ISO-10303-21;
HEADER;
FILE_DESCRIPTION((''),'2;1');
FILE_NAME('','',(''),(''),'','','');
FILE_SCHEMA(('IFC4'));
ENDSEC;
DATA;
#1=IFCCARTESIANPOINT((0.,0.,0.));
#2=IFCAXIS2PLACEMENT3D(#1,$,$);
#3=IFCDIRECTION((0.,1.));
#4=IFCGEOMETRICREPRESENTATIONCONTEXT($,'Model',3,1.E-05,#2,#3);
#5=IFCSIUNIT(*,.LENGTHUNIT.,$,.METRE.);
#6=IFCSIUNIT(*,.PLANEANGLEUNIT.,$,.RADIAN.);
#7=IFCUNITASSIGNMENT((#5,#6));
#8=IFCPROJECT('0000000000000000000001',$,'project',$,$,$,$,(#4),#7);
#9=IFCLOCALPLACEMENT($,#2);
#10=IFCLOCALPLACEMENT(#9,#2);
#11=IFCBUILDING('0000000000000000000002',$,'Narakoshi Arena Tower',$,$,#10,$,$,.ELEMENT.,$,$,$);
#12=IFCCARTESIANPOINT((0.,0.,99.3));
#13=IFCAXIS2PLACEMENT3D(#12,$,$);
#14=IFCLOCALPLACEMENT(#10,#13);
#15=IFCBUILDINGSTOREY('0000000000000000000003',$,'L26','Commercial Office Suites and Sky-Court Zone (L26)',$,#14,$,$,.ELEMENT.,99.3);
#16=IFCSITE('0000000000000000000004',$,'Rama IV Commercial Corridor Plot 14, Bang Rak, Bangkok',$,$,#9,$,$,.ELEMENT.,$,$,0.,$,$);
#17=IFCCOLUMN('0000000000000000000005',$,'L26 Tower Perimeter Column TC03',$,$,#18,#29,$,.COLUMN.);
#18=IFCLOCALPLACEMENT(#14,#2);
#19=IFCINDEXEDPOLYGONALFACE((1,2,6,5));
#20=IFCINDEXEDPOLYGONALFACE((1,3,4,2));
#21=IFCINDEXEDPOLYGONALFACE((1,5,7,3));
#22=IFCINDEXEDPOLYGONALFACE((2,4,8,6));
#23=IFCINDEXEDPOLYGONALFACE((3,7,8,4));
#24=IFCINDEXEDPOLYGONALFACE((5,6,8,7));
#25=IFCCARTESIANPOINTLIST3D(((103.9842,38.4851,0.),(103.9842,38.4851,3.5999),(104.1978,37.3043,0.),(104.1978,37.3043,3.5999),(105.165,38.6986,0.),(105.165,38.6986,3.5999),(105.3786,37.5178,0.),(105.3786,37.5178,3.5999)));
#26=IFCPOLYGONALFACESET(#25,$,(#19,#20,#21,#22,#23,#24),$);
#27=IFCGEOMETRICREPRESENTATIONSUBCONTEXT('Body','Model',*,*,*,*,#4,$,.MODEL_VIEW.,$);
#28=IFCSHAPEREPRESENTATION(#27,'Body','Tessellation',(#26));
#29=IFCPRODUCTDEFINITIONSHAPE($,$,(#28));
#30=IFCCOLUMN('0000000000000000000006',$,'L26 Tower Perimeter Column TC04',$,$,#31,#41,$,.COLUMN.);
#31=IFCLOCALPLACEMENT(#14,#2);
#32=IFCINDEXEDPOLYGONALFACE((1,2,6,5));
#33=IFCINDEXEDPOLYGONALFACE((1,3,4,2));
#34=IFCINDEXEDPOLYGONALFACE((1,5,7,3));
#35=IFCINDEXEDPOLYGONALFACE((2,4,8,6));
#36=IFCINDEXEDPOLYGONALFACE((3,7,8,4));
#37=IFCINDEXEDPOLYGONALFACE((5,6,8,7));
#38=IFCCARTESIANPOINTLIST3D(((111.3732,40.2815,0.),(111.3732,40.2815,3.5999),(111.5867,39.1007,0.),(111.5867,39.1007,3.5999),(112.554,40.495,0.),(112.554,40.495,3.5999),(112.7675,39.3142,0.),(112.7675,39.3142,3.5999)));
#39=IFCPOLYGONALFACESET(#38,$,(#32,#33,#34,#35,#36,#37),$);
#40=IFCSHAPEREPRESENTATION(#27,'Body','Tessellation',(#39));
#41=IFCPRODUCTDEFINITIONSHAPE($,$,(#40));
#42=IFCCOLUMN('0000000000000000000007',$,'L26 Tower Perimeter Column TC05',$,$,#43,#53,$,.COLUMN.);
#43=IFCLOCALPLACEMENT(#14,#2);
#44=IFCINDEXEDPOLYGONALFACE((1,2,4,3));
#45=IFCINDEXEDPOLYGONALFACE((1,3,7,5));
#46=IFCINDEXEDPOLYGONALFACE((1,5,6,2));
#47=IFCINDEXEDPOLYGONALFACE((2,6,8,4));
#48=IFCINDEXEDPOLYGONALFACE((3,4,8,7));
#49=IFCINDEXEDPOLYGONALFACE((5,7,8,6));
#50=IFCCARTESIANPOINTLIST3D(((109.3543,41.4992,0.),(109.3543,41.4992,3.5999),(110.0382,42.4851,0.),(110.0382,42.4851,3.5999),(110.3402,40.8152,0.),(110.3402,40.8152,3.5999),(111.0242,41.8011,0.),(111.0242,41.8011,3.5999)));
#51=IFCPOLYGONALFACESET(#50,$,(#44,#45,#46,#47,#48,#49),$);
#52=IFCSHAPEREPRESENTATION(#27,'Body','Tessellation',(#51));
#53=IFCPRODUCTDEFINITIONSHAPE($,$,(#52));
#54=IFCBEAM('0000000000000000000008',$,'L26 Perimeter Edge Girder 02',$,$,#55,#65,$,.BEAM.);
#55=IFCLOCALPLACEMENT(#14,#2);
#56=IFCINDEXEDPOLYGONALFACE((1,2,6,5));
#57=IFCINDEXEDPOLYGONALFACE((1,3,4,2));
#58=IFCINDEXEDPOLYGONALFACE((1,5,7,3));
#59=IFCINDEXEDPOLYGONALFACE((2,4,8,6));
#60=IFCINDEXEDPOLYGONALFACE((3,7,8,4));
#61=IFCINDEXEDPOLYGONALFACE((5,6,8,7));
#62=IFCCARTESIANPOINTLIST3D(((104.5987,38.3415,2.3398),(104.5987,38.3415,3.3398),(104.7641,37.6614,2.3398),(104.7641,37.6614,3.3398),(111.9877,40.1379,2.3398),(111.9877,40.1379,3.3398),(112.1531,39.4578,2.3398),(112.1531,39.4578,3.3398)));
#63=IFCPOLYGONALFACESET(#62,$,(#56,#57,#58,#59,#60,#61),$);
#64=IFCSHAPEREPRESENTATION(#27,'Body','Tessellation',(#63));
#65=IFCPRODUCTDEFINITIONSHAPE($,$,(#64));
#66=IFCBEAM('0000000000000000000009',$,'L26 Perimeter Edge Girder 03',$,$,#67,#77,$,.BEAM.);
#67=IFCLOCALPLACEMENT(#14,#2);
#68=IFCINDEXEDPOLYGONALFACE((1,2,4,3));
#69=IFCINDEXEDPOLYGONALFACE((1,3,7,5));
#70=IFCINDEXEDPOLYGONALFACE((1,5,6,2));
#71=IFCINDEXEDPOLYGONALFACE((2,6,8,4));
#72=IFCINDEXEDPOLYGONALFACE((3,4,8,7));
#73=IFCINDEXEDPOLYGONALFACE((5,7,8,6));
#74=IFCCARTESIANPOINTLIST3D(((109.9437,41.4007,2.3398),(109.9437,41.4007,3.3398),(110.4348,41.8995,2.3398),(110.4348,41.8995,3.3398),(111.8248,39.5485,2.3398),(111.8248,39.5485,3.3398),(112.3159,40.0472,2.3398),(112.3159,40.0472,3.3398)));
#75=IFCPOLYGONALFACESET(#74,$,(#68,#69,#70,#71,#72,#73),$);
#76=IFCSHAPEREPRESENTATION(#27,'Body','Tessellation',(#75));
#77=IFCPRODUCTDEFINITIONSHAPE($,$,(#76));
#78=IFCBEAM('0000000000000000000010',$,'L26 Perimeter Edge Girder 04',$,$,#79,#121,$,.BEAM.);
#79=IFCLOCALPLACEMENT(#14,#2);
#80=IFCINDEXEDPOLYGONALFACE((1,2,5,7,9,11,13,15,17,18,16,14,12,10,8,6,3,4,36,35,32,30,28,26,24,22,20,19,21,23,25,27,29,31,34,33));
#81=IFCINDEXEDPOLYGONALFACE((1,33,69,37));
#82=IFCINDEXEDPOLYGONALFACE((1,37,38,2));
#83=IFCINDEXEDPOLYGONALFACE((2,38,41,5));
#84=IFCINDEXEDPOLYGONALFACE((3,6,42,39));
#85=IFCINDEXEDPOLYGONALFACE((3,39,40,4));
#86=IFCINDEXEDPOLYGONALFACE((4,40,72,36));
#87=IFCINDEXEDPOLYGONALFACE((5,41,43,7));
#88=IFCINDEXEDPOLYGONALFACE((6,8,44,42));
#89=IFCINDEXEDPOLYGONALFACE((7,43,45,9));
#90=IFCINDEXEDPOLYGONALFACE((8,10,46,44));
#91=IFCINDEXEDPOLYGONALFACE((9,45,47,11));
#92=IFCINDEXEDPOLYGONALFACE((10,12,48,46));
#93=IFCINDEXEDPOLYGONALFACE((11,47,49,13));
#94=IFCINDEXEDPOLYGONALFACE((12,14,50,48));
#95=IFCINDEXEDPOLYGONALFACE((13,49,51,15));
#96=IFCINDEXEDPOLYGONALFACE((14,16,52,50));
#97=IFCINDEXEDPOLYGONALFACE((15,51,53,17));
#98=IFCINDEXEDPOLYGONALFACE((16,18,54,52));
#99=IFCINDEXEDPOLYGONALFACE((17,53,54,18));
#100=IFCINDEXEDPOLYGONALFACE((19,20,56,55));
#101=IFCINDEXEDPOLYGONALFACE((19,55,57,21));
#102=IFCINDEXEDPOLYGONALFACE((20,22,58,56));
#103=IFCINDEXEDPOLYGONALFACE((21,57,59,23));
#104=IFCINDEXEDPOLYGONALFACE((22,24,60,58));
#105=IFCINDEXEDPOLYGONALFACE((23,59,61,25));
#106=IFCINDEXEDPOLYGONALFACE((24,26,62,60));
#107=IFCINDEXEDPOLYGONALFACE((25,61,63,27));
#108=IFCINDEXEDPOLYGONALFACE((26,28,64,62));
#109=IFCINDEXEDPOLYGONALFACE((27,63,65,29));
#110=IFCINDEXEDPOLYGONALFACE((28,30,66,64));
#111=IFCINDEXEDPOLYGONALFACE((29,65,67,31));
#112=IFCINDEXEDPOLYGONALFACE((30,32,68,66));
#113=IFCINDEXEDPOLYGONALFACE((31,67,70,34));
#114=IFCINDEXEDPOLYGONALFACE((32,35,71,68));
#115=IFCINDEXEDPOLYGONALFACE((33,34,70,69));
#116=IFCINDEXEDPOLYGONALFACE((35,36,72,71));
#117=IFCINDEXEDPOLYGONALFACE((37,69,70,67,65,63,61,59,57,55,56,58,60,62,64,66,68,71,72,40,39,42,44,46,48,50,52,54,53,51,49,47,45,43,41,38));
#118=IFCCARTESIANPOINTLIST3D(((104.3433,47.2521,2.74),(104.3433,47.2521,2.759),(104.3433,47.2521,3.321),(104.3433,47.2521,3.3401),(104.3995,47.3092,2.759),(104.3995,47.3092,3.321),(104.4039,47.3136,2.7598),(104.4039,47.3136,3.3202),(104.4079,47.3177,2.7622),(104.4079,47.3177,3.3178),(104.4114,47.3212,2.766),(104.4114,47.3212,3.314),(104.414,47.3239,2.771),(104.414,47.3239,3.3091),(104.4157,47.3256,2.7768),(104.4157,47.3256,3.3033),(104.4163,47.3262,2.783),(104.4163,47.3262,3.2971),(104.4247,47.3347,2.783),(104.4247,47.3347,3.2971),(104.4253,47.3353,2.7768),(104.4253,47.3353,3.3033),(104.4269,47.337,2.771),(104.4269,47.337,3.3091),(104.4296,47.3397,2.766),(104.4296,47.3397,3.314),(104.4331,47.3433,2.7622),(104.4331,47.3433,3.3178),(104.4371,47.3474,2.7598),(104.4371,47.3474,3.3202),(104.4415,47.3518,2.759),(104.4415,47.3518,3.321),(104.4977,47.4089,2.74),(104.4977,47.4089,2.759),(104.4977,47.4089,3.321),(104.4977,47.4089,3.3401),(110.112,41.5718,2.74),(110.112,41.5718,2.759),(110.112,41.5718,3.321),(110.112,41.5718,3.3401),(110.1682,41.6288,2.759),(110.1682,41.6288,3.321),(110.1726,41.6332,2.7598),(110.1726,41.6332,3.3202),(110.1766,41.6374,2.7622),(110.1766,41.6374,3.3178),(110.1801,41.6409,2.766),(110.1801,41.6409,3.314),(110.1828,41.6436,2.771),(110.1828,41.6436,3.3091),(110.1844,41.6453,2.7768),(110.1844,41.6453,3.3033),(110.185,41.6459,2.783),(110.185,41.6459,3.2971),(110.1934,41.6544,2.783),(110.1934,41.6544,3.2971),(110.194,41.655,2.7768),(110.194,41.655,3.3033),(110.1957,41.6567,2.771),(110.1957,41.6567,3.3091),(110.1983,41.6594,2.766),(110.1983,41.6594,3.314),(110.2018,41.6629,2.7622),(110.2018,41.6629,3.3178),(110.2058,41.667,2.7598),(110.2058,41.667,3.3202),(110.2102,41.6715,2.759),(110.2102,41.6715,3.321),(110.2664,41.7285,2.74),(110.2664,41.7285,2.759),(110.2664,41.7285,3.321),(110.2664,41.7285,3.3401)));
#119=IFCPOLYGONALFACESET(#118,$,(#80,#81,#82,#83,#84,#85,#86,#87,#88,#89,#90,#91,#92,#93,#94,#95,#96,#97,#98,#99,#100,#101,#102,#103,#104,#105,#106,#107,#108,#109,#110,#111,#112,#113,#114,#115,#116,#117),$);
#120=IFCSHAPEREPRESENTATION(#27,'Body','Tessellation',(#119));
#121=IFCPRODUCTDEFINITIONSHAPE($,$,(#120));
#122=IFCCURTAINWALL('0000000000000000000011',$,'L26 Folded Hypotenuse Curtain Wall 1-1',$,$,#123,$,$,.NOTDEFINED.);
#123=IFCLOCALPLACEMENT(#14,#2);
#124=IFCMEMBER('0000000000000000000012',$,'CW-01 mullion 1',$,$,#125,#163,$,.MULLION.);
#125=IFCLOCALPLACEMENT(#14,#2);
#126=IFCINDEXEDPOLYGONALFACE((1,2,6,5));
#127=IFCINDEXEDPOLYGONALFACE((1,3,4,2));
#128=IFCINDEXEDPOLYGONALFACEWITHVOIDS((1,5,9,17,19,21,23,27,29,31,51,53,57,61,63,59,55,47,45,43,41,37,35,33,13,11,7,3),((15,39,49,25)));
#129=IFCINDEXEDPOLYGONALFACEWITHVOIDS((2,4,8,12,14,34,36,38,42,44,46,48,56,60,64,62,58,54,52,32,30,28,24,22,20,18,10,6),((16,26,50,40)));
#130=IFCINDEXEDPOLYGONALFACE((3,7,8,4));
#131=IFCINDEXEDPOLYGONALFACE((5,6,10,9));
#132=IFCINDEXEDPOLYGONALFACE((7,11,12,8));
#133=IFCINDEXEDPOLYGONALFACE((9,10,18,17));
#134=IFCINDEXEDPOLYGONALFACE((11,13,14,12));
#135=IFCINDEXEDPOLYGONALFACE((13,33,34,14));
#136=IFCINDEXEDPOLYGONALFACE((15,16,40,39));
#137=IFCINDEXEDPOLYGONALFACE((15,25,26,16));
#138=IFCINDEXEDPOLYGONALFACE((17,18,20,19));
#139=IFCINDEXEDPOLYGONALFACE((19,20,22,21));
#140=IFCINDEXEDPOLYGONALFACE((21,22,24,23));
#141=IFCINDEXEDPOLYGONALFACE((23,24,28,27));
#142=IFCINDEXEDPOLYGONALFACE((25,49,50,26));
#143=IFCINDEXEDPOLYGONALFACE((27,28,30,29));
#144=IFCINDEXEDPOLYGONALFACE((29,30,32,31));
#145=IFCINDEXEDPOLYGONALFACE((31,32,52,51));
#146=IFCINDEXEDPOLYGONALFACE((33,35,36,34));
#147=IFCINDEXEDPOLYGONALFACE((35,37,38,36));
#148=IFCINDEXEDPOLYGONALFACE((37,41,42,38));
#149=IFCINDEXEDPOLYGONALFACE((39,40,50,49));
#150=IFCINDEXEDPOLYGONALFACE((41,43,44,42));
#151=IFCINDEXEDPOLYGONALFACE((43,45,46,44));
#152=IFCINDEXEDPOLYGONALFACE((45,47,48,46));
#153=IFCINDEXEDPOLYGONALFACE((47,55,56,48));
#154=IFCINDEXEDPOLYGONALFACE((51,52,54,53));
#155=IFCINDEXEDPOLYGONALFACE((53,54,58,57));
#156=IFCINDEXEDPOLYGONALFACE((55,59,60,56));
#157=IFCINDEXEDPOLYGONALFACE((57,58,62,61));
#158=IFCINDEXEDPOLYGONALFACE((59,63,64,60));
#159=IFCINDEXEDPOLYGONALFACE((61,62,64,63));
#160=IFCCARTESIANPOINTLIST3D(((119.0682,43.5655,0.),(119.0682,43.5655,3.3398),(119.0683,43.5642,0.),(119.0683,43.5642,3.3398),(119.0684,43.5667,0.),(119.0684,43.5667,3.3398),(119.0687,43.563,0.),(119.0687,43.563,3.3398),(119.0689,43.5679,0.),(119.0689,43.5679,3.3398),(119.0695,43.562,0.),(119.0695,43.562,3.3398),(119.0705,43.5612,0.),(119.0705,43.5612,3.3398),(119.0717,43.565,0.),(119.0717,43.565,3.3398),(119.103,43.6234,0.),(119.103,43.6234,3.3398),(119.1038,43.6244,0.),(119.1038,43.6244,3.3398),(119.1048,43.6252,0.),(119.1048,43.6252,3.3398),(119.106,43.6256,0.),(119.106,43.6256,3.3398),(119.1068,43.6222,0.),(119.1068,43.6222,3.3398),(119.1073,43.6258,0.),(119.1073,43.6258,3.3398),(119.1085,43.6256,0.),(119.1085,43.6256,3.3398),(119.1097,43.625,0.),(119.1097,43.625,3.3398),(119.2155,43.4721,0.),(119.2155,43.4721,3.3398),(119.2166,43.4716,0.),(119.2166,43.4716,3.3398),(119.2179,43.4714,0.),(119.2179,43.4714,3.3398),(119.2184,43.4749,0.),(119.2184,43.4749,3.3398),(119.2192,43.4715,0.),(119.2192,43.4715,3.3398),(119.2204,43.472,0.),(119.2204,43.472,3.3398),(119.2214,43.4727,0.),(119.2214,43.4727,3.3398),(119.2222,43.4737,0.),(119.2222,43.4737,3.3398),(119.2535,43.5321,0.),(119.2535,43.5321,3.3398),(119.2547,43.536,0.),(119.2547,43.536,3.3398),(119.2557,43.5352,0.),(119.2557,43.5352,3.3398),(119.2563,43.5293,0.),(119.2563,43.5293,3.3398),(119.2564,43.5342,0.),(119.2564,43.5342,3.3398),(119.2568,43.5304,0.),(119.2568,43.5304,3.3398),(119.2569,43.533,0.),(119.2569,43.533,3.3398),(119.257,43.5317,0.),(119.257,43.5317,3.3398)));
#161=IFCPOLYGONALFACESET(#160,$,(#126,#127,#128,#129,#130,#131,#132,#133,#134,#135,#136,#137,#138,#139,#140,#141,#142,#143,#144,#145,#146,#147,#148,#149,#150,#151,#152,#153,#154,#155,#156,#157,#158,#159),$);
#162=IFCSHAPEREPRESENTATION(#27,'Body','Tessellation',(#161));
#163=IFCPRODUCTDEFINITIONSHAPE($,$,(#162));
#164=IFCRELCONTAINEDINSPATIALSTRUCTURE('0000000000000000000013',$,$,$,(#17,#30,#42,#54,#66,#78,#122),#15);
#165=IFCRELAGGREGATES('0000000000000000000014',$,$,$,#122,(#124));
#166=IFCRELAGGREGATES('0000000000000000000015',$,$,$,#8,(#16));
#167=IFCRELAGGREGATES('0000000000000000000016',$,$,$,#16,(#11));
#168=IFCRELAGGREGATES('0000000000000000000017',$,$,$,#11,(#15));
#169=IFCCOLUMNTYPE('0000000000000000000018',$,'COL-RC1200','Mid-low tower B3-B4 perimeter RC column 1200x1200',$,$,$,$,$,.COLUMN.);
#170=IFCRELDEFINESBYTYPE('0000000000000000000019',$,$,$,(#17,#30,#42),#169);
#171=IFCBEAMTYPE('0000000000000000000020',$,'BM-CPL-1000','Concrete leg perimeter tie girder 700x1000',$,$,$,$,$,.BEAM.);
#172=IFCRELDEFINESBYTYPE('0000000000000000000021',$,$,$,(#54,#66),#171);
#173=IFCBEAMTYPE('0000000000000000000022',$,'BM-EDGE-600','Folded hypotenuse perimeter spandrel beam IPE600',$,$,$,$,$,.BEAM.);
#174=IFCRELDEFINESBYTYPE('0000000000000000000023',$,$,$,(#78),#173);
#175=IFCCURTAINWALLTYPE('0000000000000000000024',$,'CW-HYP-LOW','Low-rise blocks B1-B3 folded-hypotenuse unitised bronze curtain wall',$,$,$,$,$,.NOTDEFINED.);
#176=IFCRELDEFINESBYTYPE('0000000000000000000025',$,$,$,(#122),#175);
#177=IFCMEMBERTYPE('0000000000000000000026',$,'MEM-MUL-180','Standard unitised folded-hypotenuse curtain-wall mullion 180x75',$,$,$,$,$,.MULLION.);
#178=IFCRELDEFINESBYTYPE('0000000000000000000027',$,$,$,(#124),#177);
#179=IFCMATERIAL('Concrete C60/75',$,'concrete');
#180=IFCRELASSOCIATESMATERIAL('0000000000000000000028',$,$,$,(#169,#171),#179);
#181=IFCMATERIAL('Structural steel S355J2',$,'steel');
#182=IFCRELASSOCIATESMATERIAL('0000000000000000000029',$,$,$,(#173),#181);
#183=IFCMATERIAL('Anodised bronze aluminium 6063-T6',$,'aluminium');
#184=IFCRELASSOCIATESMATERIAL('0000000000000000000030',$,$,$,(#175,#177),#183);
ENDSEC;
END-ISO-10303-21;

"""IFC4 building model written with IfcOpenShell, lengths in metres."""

from ifc_helpers import new_model, si_unit, direction, frame, origin, origin_2d, place, context, subcontext, project, spatial, rectangle, hollow_rectangle, i_section, extrude, material, material_profile, profile_set, type_object, element, aggregate, save


model = new_model("IFC4")

# Units and contexts
model_context = context("Model", 3, precision=1e-05, world=origin(), true_north=direction((0.0, 1.0)))
body_context = subcontext(model_context, "Body", "Model", "MODEL_VIEW")
ifc_project = project(units=[si_unit("LENGTHUNIT", "METRE"), si_unit("PLANEANGLEUNIT", "RADIAN")], contexts=[model_context])

# Site, building, storey
site_placement = place(None, origin())
site = spatial("IfcSite", under=ifc_project, at=site_placement, Name="Rama IV Commercial Corridor Plot 14, Bang Rak, Bangkok", CompositionType="ELEMENT", RefElevation=0.0)
building_placement = place(site_placement, origin())
building = spatial("IfcBuilding", under=site, at=building_placement, Name="Narakoshi Arena Tower", CompositionType="ELEMENT")
storey_placement = place(building_placement, frame((0.0, 0.0, 99.3)))
storey = spatial("IfcBuildingStorey", under=building, at=storey_placement, Name="L26", Description="Commercial Office Suites and Sky-Court Zone (L26)", CompositionType="ELEMENT", Elevation=99.3)

# Columns
ifc_material_1 = material(Name="Concrete C60/75", Category="concrete")
ifc_material_profile_1 = material_profile(ifc_material_1, rectangle(XDim=1.2, YDim=1.2, at=origin_2d()), Name="RC1200x1200")
ifc_profile_set_1 = profile_set([ifc_material_profile_1], Name="Concrete C60/75")
column_type = type_object("IfcColumnType", Name="COL-RC1200", Description="Mid-low tower B3-B4 perimeter RC column 1200x1200", PredefinedType="COLUMN", material=ifc_profile_set_1)
for number, where, z_axis, x_axis, name in (
    (1, (104.6814, 38.0015, 0.0), (0.0, 0.0, 1.0), (0.984041, 0.177944, 0.0), "L26 Tower Perimeter Column TC03"),
    (2, (112.0703, 39.7979, 0.0), (0.0, 0.0, 1.0), (0.984041, 0.177944, 0.0), "L26 Tower Perimeter Column TC04"),
    (3, (110.1892, 41.6501, 0.0), (0.0, 0.0, 1.0), (0.569997, 0.821647, 0.0), "L26 Tower Perimeter Column TC05"),
):
    element("IfcColumn", number, at=place(storey_placement, frame(where, z_axis=z_axis, x_axis=x_axis)), inside=storey, type_object=column_type, Name=name, PredefinedType="COLUMN", context=body_context, shape_type="SweptSolid", body=[
        extrude(rectangle(XDim=1.2, YDim=1.2, at=origin_2d()), origin(), (0.0, 0.0, 1.0), 3.5999),
    ])

# Beams
ifc_material_profile_2 = material_profile(ifc_material_1, rectangle(XDim=0.7, YDim=1.0, at=origin_2d()), Name="RCB700x1000")
ifc_profile_set_2 = profile_set([ifc_material_profile_2], Name="Concrete C60/75")
beam_type_1 = type_object("IfcBeamType", Name="BM-CPL-1000", Description="Concrete leg perimeter tie girder 700x1000", PredefinedType="BEAM", material=ifc_profile_set_2)
beam_1_placement = place(storey_placement, frame((104.6814, 38.0015, 2.8398), z_axis=(0.971695, 0.236238, 0.0), x_axis=(-0.236238, 0.971695, 0.0)))
element("IfcBeam", 4, at=beam_1_placement, inside=storey, type_object=beam_type_1, Name="L26 Perimeter Edge Girder 02", PredefinedType="BEAM", context=body_context, shape_type="SweptSolid", body=[
    extrude(rectangle(XDim=0.7, YDim=1.0, at=origin_2d()), origin(), (0.0, 0.0, 1.0), 7.6042),
])
beam_2_placement = place(storey_placement, frame((112.0703, 39.7979, 2.8398), z_axis=(-0.712542, 0.70163, 0.0), x_axis=(-0.70163, -0.712542, 0.0)))
element("IfcBeam", 5, at=beam_2_placement, inside=storey, type_object=beam_type_1, Name="L26 Perimeter Edge Girder 03", PredefinedType="BEAM", context=body_context, shape_type="SweptSolid", body=[
    extrude(rectangle(XDim=0.7, YDim=1.0, at=origin_2d()), origin(), (0.0, 0.0, 1.0), 2.6399),
])
ifc_material_2 = material(Name="Structural steel S355J2", Category="steel")
ifc_material_profile_3 = material_profile(ifc_material_2, i_section(OverallWidth=0.22, OverallDepth=0.6001, WebThickness=0.012, FlangeThickness=0.019, FilletRadius=0.0239, at=origin_2d()), Name="IPE600")
ifc_profile_set_3 = profile_set([ifc_material_profile_3], Name="Structural steel S355J2")
beam_type_2 = type_object("IfcBeamType", Name="BM-EDGE-600", Description="Folded hypotenuse perimeter spandrel beam IPE600", PredefinedType="BEAM", material=ifc_profile_set_3)
beam_3_placement = place(storey_placement, frame((110.1892, 41.6501, 3.04), z_axis=(-0.712544, 0.701628, 0.0), x_axis=(-0.701628, -0.712544, 0.0)))
element("IfcBeam", 6, at=beam_3_placement, inside=storey, type_object=beam_type_2, Name="L26 Perimeter Edge Girder 04", PredefinedType="BEAM", context=body_context, shape_type="SweptSolid", body=[
    extrude(i_section(OverallWidth=0.22, OverallDepth=0.6001, WebThickness=0.012, FlangeThickness=0.019, FilletRadius=0.0239, at=origin_2d()), origin(), (0.0, 0.0, 1.0), 8.0959),
])

# Curtain wall, member
ifc_material_3 = material(Name="Anodised bronze aluminium 6063-T6", Category="aluminium")
curtain_wall_type = type_object("IfcCurtainWallType", Name="CW-HYP-LOW", Description="Low-rise blocks B1-B3 folded-hypotenuse unitised bronze curtain wall", PredefinedType="NOTDEFINED", material=ifc_material_3)
curtain_wall_placement = place(storey_placement, origin())
curtain_wall = element("IfcCurtainWall", 7, at=curtain_wall_placement, inside=storey, type_object=curtain_wall_type, Name="L26 Folded Hypotenuse Curtain Wall 1-1", PredefinedType="NOTDEFINED")
ifc_material_profile_4 = material_profile(ifc_material_3, hollow_rectangle(XDim=0.075, YDim=0.1799, WallThickness=0.0039, OuterFilletRadius=0.0049, at=origin_2d()), Name="MUL180x75x4")
ifc_profile_set_4 = profile_set([ifc_material_profile_4], Name="Anodised bronze aluminium 6063-T6")
member_type_1 = type_object("IfcMemberType", Name="MEM-MUL-180", Description="Standard unitised folded-hypotenuse curtain-wall mullion 180x75", PredefinedType="MULLION", material=ifc_profile_set_4)
member_1_placement = place(storey_placement, frame((119.1626, 43.5486, 0.0), z_axis=(0.0, 0.0, 1.0), x_axis=(-0.523358, -0.852113, 0.0)))
member_1 = element("IfcMember", 8, at=member_1_placement, type_object=member_type_1, Name="CW-01 mullion 1", PredefinedType="MULLION", context=body_context, shape_type="SweptSolid", body=[
    extrude(hollow_rectangle(XDim=0.075, YDim=0.1799, WallThickness=0.0039, OuterFilletRadius=0.0049, at=origin_2d()), origin(), (0.0, 0.0, 1.0), 3.3398),
])
aggregate(curtain_wall, [member_1])

save(model, "model.ifc")
